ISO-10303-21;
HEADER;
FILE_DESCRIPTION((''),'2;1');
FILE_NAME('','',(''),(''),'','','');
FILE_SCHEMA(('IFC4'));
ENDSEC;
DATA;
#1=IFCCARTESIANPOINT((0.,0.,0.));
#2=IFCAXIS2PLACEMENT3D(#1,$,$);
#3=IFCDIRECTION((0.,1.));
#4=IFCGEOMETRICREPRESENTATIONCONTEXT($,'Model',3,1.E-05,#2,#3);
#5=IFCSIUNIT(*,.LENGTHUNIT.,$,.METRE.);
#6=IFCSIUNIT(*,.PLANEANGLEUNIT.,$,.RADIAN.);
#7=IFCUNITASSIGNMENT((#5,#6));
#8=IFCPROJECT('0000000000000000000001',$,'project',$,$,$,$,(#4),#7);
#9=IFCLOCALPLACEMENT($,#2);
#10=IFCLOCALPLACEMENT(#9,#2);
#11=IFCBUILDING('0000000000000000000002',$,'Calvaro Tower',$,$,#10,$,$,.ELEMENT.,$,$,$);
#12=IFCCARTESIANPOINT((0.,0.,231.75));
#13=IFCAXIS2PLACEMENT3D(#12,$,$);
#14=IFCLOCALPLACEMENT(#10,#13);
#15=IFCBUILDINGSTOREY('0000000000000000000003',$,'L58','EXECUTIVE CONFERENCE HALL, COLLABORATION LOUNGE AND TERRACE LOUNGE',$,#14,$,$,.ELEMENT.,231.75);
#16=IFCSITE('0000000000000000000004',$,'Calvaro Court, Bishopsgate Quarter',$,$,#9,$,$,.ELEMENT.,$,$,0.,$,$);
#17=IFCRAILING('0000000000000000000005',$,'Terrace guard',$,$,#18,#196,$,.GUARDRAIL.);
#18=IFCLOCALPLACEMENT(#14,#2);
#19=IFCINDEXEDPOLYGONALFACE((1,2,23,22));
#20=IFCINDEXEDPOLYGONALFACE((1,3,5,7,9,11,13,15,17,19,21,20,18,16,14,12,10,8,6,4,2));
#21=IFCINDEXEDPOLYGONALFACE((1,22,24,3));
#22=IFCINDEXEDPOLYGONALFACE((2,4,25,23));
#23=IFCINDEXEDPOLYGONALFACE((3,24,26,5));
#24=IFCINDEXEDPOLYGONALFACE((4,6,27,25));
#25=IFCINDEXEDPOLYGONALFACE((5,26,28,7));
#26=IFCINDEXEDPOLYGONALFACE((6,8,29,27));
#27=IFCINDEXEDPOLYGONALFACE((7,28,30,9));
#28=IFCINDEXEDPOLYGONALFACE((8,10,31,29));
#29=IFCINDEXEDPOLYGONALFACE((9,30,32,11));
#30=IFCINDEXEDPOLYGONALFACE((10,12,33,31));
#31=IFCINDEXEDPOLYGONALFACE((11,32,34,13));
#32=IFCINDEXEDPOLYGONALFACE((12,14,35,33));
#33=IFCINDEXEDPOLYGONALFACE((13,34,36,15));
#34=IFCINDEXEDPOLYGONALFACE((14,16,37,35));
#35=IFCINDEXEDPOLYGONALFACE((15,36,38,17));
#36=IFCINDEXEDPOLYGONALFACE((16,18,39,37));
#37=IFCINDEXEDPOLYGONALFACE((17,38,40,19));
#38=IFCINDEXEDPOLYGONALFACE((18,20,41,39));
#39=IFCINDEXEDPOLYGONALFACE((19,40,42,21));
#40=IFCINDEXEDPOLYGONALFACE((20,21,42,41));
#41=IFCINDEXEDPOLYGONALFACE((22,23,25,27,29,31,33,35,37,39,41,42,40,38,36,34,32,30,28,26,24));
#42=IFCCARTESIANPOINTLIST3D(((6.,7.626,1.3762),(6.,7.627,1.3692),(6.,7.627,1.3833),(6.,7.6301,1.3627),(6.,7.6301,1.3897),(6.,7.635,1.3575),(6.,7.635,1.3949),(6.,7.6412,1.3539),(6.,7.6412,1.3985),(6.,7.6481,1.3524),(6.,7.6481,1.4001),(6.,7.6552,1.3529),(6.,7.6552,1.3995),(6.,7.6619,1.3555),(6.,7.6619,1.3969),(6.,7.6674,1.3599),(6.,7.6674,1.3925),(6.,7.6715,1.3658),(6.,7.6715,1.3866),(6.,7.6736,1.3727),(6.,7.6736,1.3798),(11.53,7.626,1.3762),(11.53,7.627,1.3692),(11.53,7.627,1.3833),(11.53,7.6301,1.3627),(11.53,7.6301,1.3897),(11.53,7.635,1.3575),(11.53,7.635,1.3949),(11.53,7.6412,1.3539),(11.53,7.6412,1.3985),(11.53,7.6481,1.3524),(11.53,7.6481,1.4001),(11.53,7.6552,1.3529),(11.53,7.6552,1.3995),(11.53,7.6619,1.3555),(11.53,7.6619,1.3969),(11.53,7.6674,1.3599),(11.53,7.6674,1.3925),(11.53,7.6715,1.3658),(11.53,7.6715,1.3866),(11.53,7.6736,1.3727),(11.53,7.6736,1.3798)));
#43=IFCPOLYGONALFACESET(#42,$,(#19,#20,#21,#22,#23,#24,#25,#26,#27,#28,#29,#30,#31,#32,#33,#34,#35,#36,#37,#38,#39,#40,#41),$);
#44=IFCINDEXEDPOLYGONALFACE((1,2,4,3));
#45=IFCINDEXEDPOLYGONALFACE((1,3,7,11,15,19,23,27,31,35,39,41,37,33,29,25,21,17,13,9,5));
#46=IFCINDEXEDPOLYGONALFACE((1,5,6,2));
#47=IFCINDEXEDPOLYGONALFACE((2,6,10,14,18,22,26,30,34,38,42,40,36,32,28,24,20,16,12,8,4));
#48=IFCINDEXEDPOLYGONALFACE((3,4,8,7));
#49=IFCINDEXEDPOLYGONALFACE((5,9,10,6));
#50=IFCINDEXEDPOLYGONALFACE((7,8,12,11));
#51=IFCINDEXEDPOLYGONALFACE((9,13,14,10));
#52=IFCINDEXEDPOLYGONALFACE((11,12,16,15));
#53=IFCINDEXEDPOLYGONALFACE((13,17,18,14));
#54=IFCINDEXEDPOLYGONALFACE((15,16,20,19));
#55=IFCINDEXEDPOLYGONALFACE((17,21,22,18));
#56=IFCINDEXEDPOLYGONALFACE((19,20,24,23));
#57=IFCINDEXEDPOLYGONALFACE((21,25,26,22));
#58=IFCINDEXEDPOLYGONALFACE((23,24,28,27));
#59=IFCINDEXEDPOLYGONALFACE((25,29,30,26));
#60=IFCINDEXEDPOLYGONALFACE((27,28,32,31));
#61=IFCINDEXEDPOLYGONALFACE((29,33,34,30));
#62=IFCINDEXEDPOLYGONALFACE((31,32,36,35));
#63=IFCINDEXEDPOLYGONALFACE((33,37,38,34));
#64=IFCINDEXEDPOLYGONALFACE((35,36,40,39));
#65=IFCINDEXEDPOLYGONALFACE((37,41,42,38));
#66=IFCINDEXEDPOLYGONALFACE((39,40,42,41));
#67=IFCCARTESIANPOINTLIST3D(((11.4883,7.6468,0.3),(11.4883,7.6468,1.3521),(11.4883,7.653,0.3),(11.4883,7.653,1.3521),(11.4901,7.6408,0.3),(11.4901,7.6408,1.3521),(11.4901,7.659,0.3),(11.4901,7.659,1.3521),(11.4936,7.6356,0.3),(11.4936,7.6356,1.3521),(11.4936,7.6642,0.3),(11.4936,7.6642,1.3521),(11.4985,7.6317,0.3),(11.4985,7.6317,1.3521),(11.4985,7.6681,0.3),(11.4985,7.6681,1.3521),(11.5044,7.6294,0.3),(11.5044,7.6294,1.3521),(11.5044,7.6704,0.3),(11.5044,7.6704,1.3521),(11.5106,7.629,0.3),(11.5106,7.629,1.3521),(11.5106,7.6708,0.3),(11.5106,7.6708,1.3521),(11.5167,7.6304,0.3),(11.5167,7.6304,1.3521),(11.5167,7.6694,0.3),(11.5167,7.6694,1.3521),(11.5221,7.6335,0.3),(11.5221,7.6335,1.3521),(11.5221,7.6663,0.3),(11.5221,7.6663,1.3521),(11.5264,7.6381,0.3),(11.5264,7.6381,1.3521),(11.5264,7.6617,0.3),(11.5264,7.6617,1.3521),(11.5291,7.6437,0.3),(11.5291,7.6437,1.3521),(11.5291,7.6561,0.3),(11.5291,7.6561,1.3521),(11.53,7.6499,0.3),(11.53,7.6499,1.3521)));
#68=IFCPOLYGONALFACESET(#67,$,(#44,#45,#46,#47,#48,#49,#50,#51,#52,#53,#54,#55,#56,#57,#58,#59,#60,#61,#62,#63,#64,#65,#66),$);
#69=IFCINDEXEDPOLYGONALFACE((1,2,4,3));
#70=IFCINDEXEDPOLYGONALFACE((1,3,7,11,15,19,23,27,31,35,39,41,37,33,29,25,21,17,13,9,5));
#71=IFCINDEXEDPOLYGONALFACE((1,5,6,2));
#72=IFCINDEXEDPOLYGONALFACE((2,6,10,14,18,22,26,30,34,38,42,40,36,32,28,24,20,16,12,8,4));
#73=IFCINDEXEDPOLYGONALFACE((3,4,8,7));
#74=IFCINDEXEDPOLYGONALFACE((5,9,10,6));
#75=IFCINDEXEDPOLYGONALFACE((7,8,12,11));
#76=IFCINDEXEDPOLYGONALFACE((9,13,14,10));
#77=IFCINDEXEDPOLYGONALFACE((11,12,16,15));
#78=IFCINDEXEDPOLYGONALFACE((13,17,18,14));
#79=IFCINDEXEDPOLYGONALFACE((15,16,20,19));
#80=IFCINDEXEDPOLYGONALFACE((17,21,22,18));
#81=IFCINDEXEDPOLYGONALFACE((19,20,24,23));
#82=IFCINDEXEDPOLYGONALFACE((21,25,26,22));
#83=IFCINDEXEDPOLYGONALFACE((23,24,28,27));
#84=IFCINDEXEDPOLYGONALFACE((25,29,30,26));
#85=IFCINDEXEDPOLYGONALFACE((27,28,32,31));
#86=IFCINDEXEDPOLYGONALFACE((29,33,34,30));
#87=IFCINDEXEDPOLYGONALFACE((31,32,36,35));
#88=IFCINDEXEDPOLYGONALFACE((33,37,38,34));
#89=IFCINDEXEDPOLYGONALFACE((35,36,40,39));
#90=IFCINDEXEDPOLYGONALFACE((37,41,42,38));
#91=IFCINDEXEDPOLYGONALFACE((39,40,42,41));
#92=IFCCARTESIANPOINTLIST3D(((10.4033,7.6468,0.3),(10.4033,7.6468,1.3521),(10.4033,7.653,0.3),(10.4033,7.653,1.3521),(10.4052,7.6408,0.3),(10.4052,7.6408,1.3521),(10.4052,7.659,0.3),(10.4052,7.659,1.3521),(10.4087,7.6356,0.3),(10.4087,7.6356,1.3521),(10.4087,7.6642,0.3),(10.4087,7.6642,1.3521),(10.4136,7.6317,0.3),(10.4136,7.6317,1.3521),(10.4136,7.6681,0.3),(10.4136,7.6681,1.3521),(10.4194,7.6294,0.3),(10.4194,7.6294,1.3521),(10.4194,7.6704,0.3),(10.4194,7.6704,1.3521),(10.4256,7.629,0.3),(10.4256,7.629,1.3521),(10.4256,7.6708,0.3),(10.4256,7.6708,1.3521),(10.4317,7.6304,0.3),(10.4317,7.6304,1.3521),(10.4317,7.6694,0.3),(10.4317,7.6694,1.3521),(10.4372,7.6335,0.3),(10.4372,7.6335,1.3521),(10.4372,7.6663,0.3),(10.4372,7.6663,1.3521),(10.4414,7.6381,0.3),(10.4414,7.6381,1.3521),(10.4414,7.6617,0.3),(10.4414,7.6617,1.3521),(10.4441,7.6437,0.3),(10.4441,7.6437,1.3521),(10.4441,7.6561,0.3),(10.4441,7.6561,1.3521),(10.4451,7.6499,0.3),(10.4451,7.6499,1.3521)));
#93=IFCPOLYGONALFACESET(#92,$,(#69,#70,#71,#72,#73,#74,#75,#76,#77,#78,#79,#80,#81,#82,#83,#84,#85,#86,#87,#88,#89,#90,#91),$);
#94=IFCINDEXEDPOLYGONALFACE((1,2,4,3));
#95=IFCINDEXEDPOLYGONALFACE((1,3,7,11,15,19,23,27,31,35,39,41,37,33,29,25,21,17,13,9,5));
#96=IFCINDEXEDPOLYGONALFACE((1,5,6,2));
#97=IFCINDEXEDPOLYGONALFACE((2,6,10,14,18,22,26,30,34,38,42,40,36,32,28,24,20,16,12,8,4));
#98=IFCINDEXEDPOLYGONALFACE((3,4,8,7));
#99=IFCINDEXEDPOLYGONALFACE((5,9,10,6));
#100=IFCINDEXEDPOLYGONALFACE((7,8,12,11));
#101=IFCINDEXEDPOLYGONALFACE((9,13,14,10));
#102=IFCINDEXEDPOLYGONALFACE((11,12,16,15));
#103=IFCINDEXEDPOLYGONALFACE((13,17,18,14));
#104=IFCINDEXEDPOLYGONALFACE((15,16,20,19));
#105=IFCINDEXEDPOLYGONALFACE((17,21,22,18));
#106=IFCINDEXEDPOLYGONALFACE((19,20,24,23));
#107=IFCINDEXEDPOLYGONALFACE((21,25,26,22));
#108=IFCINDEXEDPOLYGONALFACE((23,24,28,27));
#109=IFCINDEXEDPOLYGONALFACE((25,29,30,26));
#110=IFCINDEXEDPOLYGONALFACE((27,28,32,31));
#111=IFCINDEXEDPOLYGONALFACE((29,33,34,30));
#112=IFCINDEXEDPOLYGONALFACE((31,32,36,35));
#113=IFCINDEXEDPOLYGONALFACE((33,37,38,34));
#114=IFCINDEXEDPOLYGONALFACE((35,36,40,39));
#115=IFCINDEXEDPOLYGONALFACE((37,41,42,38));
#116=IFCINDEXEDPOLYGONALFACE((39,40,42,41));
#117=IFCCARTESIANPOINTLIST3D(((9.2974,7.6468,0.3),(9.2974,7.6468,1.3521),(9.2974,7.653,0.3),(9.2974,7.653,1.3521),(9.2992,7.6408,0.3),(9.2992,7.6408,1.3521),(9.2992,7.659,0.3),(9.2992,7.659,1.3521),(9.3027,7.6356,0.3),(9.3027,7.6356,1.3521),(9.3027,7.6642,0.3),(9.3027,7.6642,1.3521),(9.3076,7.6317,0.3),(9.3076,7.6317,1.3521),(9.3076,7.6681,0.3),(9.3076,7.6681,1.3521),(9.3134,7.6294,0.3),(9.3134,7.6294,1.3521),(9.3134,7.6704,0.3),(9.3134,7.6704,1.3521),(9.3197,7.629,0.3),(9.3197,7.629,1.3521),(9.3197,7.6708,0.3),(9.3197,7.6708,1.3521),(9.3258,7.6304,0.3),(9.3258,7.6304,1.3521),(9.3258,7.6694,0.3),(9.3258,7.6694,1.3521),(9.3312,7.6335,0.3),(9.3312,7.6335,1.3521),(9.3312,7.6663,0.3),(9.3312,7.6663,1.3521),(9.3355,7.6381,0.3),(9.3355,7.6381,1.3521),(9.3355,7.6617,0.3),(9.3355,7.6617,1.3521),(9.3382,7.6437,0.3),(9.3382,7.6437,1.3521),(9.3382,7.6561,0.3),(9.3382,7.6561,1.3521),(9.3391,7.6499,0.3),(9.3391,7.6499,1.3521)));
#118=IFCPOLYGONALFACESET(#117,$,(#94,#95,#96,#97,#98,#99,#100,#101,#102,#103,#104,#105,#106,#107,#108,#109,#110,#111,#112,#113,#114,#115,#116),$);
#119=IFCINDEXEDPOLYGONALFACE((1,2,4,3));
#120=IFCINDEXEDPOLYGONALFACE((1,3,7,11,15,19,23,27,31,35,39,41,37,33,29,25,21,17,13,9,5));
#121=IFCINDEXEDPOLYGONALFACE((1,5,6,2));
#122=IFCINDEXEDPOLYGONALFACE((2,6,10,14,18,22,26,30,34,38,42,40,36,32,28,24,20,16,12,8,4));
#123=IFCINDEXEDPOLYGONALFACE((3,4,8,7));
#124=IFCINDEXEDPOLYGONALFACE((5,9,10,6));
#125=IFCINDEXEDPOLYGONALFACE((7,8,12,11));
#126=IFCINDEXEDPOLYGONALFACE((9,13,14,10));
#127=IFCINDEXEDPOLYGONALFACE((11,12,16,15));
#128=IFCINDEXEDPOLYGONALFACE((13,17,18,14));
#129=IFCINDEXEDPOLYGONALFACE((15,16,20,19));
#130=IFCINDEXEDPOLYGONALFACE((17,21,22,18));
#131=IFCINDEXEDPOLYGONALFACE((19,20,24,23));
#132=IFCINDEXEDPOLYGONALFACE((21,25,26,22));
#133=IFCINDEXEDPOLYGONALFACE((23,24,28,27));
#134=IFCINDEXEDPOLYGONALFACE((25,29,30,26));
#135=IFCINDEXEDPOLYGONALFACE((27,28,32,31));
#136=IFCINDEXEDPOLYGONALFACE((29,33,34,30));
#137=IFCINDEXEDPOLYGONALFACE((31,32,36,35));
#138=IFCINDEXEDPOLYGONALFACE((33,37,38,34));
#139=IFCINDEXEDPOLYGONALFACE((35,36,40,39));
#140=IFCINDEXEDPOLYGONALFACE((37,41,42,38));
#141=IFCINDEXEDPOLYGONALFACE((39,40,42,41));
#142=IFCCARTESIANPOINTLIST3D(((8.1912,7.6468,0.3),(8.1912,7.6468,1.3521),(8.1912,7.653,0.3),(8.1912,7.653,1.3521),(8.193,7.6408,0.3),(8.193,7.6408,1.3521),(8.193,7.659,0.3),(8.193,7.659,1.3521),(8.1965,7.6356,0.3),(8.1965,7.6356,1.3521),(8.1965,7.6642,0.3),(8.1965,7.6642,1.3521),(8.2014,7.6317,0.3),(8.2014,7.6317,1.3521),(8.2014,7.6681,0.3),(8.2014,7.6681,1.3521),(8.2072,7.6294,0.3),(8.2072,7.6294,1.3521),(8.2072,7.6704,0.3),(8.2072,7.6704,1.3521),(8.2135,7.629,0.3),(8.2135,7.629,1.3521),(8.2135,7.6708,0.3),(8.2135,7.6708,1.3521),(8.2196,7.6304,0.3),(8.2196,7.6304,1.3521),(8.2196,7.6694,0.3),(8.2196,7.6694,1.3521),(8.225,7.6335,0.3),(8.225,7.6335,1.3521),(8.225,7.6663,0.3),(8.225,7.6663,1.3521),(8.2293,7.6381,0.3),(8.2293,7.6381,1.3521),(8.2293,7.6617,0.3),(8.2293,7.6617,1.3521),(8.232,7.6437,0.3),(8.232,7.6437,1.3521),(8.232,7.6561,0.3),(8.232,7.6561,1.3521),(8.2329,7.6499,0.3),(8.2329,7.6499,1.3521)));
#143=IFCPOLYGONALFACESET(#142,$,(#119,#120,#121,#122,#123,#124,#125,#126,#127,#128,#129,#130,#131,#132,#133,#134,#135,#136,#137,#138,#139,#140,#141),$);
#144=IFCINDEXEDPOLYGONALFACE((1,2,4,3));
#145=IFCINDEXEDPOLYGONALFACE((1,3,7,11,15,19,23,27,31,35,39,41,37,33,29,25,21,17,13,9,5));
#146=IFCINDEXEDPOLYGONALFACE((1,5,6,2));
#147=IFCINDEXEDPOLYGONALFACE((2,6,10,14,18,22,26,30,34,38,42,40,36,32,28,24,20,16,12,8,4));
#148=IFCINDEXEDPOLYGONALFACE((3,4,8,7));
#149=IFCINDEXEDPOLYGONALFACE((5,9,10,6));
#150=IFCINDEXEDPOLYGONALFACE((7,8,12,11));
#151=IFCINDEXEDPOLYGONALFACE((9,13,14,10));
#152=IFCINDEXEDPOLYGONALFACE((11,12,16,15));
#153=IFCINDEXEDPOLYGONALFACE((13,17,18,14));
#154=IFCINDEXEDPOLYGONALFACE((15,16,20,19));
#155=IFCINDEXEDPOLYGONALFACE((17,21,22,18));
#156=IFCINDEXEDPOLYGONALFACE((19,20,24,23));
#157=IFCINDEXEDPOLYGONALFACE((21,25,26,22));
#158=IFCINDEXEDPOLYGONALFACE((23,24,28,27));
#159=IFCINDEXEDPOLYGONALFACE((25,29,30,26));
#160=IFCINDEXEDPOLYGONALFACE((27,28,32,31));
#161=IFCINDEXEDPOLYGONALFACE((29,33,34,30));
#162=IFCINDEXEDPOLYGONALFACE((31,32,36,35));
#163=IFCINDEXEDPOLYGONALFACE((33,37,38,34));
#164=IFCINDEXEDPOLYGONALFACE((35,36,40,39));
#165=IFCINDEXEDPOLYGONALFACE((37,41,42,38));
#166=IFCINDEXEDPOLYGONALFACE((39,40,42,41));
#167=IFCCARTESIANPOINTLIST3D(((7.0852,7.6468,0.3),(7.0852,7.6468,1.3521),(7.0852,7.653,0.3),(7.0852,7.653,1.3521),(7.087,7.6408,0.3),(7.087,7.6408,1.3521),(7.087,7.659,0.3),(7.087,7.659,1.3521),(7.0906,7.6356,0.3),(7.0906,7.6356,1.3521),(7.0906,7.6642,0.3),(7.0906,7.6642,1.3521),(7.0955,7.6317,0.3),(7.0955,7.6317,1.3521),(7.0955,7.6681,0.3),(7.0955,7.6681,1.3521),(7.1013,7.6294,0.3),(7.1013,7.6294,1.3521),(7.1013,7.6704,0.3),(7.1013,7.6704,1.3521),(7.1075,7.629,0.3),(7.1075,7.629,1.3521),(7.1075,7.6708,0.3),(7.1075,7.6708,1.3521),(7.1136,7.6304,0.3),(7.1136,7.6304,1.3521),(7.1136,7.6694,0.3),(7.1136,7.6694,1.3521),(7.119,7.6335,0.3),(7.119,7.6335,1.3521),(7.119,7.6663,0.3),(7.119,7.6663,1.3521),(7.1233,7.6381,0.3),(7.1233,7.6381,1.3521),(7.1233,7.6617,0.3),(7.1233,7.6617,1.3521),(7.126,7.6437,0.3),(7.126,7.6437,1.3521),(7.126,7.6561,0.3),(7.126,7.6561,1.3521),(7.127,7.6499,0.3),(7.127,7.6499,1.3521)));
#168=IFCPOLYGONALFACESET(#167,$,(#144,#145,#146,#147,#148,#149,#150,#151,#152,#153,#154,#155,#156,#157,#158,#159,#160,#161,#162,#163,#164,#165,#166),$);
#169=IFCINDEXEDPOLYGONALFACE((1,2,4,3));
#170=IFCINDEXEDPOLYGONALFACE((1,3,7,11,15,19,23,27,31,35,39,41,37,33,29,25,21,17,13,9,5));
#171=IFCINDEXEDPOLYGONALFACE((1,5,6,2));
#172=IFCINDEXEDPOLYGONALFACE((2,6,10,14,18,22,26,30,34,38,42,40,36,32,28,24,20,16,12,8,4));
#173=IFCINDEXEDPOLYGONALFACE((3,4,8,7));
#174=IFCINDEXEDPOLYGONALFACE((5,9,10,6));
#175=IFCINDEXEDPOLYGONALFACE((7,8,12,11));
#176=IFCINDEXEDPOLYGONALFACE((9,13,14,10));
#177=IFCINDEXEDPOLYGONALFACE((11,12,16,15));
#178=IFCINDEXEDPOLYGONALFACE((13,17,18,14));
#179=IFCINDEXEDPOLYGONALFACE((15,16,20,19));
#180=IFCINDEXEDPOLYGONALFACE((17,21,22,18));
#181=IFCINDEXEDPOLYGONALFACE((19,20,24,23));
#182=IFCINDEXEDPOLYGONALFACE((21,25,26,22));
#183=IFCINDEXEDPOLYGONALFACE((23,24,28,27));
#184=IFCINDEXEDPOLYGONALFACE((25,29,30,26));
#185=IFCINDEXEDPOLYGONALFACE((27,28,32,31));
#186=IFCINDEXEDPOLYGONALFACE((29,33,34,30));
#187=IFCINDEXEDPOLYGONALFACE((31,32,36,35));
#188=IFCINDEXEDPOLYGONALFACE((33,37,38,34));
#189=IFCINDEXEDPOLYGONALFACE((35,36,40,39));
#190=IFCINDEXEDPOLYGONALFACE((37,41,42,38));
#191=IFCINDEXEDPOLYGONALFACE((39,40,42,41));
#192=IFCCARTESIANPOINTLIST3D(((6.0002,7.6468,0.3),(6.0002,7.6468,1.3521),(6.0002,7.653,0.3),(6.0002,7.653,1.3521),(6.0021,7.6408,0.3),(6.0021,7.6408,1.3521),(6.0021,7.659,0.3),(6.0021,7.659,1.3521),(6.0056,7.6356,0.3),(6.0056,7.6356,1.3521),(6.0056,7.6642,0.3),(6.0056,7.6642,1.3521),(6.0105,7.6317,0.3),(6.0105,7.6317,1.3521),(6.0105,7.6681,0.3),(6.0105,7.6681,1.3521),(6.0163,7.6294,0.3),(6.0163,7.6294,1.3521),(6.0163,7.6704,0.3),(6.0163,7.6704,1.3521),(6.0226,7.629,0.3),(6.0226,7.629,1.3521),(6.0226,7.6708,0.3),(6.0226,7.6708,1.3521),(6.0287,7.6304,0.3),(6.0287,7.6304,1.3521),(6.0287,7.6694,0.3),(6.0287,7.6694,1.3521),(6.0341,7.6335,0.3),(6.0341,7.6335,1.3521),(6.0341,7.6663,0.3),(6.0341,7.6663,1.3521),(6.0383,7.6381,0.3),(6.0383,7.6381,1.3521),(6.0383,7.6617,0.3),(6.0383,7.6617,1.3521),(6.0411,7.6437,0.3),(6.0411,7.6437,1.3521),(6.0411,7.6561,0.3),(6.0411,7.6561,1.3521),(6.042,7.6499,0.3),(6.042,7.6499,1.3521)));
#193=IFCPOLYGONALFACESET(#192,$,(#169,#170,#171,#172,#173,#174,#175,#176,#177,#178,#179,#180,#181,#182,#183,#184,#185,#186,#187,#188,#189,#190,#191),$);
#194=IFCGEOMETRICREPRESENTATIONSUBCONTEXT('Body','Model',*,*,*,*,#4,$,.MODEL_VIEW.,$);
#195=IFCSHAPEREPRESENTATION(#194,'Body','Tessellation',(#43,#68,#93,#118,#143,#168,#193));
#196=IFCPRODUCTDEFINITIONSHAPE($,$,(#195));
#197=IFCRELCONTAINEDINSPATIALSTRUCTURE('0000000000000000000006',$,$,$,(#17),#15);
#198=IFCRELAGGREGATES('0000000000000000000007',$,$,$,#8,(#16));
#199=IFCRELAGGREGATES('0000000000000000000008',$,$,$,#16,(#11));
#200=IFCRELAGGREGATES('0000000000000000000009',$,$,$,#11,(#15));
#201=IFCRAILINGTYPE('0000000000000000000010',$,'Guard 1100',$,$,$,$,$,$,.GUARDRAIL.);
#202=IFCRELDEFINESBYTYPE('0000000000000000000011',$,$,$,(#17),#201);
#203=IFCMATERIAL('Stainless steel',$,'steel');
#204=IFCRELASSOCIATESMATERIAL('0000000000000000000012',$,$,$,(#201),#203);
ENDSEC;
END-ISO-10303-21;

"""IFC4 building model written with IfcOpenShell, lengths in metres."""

from ifc_helpers import new_model, si_unit, direction, frame, origin, origin_2d, place, context, subcontext, project, spatial, circle, extrude, material, type_object, element, save


model = new_model("IFC4")

# Units and contexts
model_context = context("Model", 3, precision=1e-05, world=origin(), true_north=direction((0.0, 1.0)))
body_context = subcontext(model_context, "Body", "Model", "MODEL_VIEW")
ifc_project = project(units=[si_unit("LENGTHUNIT", "METRE"), si_unit("PLANEANGLEUNIT", "RADIAN")], contexts=[model_context])

# Site, building, storey
site_placement = place(None, origin())
site = spatial("IfcSite", under=ifc_project, at=site_placement, Name="Calvaro Court, Bishopsgate Quarter", CompositionType="ELEMENT", RefElevation=0.0)
building_placement = place(site_placement, origin())
building = spatial("IfcBuilding", under=site, at=building_placement, Name="Calvaro Tower", CompositionType="ELEMENT")
storey_placement = place(building_placement, frame((0.0, 0.0, 231.75)))
storey = spatial("IfcBuildingStorey", under=building, at=storey_placement, Name="L58", Description="EXECUTIVE CONFERENCE HALL, COLLABORATION LOUNGE AND TERRACE LOUNGE", CompositionType="ELEMENT", Elevation=231.75)

# Railing
ifc_material_1 = material(Name="Stainless steel", Category="steel")
railing_type = type_object("IfcRailingType", Name="Guard 1100", PredefinedType="GUARDRAIL", material=ifc_material_1)
railing_1_placement = place(storey_placement, frame((11.53, 7.6499, 0.3)))
element("IfcRailing", 1, at=railing_1_placement, inside=storey, type_object=railing_type, Name="Terrace guard", PredefinedType="GUARDRAIL", context=body_context, shape_type="SweptSolid", body=[
    extrude(circle(Radius=0.0239, at=origin_2d()), frame((0.0, 0.0, 1.0762), z_axis=(-1.0, 0.0, 0.0), x_axis=(0.0, -1.0, 0.0)), (0.0, 0.0, 1.0), 5.53),
    extrude(circle(Radius=0.021, at=origin_2d()), frame((-0.021, 0.0, 0.0)), (0.0, 0.0, 1.0), 1.052),
    extrude(circle(Radius=0.021, at=origin_2d()), frame((-1.106, 0.0, 0.0)), (0.0, 0.0, 1.0), 1.052),
    extrude(circle(Radius=0.021, at=origin_2d()), frame((-2.2119, 0.0, 0.0)), (0.0, 0.0, 1.0), 1.052),
    extrude(circle(Radius=0.021, at=origin_2d()), frame((-3.3181, 0.0, 0.0)), (0.0, 0.0, 1.0), 1.052),
    extrude(circle(Radius=0.021, at=origin_2d()), frame((-4.4241, 0.0, 0.0)), (0.0, 0.0, 1.0), 1.052),
    extrude(circle(Radius=0.021, at=origin_2d()), frame((-5.509, 0.0, 0.0)), (0.0, 0.0, 1.0), 1.052),
])

save(model, "model.ifc")
